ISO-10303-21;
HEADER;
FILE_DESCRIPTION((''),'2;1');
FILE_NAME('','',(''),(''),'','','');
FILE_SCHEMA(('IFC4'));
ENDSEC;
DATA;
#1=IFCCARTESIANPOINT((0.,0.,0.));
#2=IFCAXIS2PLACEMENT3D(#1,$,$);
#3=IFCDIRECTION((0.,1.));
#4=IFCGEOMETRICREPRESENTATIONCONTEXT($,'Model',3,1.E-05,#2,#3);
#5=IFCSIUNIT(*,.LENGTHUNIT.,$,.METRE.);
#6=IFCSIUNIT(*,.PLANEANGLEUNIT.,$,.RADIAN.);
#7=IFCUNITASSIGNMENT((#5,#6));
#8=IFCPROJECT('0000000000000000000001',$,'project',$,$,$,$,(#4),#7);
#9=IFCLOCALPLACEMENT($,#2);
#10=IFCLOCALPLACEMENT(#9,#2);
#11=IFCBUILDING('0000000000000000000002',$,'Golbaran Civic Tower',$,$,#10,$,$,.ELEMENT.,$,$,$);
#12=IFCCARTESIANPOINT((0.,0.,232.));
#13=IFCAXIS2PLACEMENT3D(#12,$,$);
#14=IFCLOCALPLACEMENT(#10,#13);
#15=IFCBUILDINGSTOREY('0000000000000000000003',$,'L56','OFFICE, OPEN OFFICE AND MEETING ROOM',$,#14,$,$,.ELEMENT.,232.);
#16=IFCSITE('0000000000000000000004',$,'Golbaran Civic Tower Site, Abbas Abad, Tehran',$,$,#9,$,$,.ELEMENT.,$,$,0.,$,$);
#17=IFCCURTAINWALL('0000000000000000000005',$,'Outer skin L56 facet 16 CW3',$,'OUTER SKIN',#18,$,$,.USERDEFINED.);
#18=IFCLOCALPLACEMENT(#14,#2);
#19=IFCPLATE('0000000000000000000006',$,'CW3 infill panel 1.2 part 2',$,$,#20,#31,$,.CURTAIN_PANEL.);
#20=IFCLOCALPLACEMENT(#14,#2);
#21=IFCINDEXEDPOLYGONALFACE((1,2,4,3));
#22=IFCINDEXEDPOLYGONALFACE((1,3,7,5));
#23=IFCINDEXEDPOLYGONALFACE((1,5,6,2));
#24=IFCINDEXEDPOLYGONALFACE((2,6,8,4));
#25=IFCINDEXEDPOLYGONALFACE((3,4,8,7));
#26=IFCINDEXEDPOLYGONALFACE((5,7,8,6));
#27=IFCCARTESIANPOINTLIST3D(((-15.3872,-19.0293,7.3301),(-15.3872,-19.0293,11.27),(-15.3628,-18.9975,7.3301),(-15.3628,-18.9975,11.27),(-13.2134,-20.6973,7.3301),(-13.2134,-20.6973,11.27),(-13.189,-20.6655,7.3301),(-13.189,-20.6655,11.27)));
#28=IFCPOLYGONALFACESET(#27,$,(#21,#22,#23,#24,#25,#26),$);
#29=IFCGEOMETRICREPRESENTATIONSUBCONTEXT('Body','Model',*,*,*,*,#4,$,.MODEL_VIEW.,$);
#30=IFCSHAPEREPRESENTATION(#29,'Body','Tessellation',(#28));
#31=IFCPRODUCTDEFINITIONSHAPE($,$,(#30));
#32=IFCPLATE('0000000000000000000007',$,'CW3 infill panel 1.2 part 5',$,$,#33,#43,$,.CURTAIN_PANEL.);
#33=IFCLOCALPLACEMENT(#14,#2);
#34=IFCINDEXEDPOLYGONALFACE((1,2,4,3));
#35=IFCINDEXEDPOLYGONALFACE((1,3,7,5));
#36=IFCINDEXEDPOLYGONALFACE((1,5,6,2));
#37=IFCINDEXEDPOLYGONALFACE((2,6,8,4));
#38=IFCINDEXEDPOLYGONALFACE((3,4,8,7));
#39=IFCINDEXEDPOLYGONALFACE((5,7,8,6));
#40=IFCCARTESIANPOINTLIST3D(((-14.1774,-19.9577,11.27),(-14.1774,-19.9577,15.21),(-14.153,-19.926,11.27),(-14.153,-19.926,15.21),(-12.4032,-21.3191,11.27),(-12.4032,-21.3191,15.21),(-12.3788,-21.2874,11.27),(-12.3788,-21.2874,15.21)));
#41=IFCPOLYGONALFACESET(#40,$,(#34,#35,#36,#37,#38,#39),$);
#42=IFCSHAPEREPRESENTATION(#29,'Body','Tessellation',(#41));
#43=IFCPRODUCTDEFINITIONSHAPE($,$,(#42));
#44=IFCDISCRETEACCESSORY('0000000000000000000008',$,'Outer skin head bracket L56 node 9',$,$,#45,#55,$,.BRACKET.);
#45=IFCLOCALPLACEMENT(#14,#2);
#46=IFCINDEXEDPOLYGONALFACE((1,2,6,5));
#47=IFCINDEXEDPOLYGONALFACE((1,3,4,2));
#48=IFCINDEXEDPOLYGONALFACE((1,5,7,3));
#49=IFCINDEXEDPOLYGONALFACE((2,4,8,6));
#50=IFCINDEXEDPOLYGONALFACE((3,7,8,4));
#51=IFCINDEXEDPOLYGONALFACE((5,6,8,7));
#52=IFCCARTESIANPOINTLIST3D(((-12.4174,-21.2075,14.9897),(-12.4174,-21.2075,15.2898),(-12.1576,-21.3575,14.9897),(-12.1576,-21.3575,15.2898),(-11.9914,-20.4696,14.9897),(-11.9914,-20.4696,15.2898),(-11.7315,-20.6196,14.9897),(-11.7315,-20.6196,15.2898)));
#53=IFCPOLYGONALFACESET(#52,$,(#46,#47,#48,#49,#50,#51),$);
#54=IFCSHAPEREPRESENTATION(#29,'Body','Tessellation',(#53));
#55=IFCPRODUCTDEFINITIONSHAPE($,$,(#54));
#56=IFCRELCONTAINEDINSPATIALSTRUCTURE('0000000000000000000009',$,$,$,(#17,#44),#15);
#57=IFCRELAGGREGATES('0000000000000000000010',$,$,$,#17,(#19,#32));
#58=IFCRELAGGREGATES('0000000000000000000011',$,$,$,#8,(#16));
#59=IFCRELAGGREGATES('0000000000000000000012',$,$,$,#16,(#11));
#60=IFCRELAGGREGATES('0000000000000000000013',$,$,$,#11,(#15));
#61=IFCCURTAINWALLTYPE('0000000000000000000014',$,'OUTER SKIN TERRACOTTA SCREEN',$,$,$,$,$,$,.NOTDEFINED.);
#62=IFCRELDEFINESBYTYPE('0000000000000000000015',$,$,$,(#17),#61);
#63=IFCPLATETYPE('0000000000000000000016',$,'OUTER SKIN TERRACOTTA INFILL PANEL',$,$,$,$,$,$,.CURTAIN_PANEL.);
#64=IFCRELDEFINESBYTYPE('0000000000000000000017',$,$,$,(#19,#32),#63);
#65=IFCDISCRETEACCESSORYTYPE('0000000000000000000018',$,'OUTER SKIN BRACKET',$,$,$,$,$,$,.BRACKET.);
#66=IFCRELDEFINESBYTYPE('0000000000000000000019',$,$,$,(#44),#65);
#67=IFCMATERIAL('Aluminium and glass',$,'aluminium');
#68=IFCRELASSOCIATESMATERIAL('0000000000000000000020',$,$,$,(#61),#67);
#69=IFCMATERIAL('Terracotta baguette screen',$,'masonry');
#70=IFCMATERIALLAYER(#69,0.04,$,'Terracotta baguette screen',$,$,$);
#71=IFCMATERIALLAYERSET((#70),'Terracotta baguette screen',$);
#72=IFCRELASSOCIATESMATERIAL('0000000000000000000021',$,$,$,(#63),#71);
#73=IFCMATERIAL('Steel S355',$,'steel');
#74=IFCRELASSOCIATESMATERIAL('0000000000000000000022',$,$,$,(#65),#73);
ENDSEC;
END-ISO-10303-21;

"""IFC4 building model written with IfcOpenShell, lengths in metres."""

from ifc_helpers import new_model, si_unit, direction, frame, origin, origin_2d, place, context, subcontext, project, spatial, rectangle, extrude, material, layer, layer_set, type_object, element, aggregate, save


model = new_model("IFC4")

# Units and contexts
model_context = context("Model", 3, precision=1e-05, world=origin(), true_north=direction((0.0, 1.0)))
body_context = subcontext(model_context, "Body", "Model", "MODEL_VIEW")
ifc_project = project(units=[si_unit("LENGTHUNIT", "METRE"), si_unit("PLANEANGLEUNIT", "RADIAN")], contexts=[model_context])

# Site, building, storey
site_placement = place(None, origin())
site = spatial("IfcSite", under=ifc_project, at=site_placement, Name="Golbaran Civic Tower Site, Abbas Abad, Tehran", CompositionType="ELEMENT", RefElevation=0.0)
building_placement = place(site_placement, origin())
building = spatial("IfcBuilding", under=site, at=building_placement, Name="Golbaran Civic Tower", CompositionType="ELEMENT")
storey_placement = place(building_placement, frame((0.0, 0.0, 232.0)))
storey = spatial("IfcBuildingStorey", under=building, at=storey_placement, Name="L56", Description="OFFICE, OPEN OFFICE AND MEETING ROOM", CompositionType="ELEMENT", Elevation=232.0)

# Shared definitions
ifc_material_1 = material(Name="Aluminium and glass", Category="aluminium")

# Curtain wall, plates
curtain_wall_type_1 = type_object("IfcCurtainWallType", Name="OUTER SKIN TERRACOTTA SCREEN", PredefinedType="NOTDEFINED", material=ifc_material_1)
curtain_wall_1_placement = place(storey_placement, origin())
curtain_wall_1 = element("IfcCurtainWall", 1, at=curtain_wall_1_placement, inside=storey, type_object=curtain_wall_type_1, Name="Outer skin L56 facet 16 CW3", ObjectType="OUTER SKIN", PredefinedType="USERDEFINED")
ifc_material_2 = material(Name="Terracotta baguette screen", Category="masonry")
ifc_layer_1 = layer(ifc_material_2, 0.04, Name="Terracotta baguette screen")
ifc_layer_set_1 = layer_set([ifc_layer_1], Name="Terracotta baguette screen")
plate_type_1 = type_object("IfcPlateType", Name="OUTER SKIN TERRACOTTA INFILL PANEL", PredefinedType="CURTAIN_PANEL", material=ifc_layer_set_1)
plate_1_placement = place(storey_placement, frame((-14.2881, -19.8474, 7.3301), z_axis=(0.0, 0.0, 1.0), x_axis=(0.793353, -0.608761, 0.0)))
plate_1 = element("IfcPlate", 2, at=plate_1_placement, type_object=plate_type_1, Name="CW3 infill panel 1.2 part 2", PredefinedType="CURTAIN_PANEL", context=body_context, shape_type="SweptSolid", body=[
    extrude(rectangle(XDim=2.74, YDim=0.04, at=origin_2d()), origin(), (0.0, 0.0, 1.0), 3.9399),
])
plate_2_placement = place(storey_placement, frame((-13.2781, -20.6226, 11.27), z_axis=(0.0, 0.0, 1.0), x_axis=(0.793353, -0.608761, 0.0)))
plate_2 = element("IfcPlate", 3, at=plate_2_placement, type_object=plate_type_1, Name="CW3 infill panel 1.2 part 5", PredefinedType="CURTAIN_PANEL", context=body_context, shape_type="SweptSolid", body=[
    extrude(rectangle(XDim=2.2363, YDim=0.04, at=origin_2d()), origin(), (0.0, 0.0, 1.0), 3.9399),
])
aggregate(curtain_wall_1, [plate_1, plate_2])

# Discrete accessory
ifc_material_3 = material(Name="Steel S355", Category="steel")
discrete_accessory_type = type_object("IfcDiscreteAccessoryType", Name="OUTER SKIN BRACKET", PredefinedType="BRACKET", material=ifc_material_3)
discrete_accessory_placement = place(storey_placement, frame((-12.0745, -20.9136, 14.9897), z_axis=(0.0, 0.0, 1.0), x_axis=(-0.5, -0.866025, 0.0)))
element("IfcDiscreteAccessory", 4, at=discrete_accessory_placement, inside=storey, type_object=discrete_accessory_type, Name="Outer skin head bracket L56 node 9", PredefinedType="BRACKET", context=body_context, shape_type="SweptSolid", body=[
    extrude(rectangle(XDim=0.8521, YDim=0.3, at=origin_2d()), origin(), (0.0, 0.0, 1.0), 0.3),
])

save(model, "model.ifc")
